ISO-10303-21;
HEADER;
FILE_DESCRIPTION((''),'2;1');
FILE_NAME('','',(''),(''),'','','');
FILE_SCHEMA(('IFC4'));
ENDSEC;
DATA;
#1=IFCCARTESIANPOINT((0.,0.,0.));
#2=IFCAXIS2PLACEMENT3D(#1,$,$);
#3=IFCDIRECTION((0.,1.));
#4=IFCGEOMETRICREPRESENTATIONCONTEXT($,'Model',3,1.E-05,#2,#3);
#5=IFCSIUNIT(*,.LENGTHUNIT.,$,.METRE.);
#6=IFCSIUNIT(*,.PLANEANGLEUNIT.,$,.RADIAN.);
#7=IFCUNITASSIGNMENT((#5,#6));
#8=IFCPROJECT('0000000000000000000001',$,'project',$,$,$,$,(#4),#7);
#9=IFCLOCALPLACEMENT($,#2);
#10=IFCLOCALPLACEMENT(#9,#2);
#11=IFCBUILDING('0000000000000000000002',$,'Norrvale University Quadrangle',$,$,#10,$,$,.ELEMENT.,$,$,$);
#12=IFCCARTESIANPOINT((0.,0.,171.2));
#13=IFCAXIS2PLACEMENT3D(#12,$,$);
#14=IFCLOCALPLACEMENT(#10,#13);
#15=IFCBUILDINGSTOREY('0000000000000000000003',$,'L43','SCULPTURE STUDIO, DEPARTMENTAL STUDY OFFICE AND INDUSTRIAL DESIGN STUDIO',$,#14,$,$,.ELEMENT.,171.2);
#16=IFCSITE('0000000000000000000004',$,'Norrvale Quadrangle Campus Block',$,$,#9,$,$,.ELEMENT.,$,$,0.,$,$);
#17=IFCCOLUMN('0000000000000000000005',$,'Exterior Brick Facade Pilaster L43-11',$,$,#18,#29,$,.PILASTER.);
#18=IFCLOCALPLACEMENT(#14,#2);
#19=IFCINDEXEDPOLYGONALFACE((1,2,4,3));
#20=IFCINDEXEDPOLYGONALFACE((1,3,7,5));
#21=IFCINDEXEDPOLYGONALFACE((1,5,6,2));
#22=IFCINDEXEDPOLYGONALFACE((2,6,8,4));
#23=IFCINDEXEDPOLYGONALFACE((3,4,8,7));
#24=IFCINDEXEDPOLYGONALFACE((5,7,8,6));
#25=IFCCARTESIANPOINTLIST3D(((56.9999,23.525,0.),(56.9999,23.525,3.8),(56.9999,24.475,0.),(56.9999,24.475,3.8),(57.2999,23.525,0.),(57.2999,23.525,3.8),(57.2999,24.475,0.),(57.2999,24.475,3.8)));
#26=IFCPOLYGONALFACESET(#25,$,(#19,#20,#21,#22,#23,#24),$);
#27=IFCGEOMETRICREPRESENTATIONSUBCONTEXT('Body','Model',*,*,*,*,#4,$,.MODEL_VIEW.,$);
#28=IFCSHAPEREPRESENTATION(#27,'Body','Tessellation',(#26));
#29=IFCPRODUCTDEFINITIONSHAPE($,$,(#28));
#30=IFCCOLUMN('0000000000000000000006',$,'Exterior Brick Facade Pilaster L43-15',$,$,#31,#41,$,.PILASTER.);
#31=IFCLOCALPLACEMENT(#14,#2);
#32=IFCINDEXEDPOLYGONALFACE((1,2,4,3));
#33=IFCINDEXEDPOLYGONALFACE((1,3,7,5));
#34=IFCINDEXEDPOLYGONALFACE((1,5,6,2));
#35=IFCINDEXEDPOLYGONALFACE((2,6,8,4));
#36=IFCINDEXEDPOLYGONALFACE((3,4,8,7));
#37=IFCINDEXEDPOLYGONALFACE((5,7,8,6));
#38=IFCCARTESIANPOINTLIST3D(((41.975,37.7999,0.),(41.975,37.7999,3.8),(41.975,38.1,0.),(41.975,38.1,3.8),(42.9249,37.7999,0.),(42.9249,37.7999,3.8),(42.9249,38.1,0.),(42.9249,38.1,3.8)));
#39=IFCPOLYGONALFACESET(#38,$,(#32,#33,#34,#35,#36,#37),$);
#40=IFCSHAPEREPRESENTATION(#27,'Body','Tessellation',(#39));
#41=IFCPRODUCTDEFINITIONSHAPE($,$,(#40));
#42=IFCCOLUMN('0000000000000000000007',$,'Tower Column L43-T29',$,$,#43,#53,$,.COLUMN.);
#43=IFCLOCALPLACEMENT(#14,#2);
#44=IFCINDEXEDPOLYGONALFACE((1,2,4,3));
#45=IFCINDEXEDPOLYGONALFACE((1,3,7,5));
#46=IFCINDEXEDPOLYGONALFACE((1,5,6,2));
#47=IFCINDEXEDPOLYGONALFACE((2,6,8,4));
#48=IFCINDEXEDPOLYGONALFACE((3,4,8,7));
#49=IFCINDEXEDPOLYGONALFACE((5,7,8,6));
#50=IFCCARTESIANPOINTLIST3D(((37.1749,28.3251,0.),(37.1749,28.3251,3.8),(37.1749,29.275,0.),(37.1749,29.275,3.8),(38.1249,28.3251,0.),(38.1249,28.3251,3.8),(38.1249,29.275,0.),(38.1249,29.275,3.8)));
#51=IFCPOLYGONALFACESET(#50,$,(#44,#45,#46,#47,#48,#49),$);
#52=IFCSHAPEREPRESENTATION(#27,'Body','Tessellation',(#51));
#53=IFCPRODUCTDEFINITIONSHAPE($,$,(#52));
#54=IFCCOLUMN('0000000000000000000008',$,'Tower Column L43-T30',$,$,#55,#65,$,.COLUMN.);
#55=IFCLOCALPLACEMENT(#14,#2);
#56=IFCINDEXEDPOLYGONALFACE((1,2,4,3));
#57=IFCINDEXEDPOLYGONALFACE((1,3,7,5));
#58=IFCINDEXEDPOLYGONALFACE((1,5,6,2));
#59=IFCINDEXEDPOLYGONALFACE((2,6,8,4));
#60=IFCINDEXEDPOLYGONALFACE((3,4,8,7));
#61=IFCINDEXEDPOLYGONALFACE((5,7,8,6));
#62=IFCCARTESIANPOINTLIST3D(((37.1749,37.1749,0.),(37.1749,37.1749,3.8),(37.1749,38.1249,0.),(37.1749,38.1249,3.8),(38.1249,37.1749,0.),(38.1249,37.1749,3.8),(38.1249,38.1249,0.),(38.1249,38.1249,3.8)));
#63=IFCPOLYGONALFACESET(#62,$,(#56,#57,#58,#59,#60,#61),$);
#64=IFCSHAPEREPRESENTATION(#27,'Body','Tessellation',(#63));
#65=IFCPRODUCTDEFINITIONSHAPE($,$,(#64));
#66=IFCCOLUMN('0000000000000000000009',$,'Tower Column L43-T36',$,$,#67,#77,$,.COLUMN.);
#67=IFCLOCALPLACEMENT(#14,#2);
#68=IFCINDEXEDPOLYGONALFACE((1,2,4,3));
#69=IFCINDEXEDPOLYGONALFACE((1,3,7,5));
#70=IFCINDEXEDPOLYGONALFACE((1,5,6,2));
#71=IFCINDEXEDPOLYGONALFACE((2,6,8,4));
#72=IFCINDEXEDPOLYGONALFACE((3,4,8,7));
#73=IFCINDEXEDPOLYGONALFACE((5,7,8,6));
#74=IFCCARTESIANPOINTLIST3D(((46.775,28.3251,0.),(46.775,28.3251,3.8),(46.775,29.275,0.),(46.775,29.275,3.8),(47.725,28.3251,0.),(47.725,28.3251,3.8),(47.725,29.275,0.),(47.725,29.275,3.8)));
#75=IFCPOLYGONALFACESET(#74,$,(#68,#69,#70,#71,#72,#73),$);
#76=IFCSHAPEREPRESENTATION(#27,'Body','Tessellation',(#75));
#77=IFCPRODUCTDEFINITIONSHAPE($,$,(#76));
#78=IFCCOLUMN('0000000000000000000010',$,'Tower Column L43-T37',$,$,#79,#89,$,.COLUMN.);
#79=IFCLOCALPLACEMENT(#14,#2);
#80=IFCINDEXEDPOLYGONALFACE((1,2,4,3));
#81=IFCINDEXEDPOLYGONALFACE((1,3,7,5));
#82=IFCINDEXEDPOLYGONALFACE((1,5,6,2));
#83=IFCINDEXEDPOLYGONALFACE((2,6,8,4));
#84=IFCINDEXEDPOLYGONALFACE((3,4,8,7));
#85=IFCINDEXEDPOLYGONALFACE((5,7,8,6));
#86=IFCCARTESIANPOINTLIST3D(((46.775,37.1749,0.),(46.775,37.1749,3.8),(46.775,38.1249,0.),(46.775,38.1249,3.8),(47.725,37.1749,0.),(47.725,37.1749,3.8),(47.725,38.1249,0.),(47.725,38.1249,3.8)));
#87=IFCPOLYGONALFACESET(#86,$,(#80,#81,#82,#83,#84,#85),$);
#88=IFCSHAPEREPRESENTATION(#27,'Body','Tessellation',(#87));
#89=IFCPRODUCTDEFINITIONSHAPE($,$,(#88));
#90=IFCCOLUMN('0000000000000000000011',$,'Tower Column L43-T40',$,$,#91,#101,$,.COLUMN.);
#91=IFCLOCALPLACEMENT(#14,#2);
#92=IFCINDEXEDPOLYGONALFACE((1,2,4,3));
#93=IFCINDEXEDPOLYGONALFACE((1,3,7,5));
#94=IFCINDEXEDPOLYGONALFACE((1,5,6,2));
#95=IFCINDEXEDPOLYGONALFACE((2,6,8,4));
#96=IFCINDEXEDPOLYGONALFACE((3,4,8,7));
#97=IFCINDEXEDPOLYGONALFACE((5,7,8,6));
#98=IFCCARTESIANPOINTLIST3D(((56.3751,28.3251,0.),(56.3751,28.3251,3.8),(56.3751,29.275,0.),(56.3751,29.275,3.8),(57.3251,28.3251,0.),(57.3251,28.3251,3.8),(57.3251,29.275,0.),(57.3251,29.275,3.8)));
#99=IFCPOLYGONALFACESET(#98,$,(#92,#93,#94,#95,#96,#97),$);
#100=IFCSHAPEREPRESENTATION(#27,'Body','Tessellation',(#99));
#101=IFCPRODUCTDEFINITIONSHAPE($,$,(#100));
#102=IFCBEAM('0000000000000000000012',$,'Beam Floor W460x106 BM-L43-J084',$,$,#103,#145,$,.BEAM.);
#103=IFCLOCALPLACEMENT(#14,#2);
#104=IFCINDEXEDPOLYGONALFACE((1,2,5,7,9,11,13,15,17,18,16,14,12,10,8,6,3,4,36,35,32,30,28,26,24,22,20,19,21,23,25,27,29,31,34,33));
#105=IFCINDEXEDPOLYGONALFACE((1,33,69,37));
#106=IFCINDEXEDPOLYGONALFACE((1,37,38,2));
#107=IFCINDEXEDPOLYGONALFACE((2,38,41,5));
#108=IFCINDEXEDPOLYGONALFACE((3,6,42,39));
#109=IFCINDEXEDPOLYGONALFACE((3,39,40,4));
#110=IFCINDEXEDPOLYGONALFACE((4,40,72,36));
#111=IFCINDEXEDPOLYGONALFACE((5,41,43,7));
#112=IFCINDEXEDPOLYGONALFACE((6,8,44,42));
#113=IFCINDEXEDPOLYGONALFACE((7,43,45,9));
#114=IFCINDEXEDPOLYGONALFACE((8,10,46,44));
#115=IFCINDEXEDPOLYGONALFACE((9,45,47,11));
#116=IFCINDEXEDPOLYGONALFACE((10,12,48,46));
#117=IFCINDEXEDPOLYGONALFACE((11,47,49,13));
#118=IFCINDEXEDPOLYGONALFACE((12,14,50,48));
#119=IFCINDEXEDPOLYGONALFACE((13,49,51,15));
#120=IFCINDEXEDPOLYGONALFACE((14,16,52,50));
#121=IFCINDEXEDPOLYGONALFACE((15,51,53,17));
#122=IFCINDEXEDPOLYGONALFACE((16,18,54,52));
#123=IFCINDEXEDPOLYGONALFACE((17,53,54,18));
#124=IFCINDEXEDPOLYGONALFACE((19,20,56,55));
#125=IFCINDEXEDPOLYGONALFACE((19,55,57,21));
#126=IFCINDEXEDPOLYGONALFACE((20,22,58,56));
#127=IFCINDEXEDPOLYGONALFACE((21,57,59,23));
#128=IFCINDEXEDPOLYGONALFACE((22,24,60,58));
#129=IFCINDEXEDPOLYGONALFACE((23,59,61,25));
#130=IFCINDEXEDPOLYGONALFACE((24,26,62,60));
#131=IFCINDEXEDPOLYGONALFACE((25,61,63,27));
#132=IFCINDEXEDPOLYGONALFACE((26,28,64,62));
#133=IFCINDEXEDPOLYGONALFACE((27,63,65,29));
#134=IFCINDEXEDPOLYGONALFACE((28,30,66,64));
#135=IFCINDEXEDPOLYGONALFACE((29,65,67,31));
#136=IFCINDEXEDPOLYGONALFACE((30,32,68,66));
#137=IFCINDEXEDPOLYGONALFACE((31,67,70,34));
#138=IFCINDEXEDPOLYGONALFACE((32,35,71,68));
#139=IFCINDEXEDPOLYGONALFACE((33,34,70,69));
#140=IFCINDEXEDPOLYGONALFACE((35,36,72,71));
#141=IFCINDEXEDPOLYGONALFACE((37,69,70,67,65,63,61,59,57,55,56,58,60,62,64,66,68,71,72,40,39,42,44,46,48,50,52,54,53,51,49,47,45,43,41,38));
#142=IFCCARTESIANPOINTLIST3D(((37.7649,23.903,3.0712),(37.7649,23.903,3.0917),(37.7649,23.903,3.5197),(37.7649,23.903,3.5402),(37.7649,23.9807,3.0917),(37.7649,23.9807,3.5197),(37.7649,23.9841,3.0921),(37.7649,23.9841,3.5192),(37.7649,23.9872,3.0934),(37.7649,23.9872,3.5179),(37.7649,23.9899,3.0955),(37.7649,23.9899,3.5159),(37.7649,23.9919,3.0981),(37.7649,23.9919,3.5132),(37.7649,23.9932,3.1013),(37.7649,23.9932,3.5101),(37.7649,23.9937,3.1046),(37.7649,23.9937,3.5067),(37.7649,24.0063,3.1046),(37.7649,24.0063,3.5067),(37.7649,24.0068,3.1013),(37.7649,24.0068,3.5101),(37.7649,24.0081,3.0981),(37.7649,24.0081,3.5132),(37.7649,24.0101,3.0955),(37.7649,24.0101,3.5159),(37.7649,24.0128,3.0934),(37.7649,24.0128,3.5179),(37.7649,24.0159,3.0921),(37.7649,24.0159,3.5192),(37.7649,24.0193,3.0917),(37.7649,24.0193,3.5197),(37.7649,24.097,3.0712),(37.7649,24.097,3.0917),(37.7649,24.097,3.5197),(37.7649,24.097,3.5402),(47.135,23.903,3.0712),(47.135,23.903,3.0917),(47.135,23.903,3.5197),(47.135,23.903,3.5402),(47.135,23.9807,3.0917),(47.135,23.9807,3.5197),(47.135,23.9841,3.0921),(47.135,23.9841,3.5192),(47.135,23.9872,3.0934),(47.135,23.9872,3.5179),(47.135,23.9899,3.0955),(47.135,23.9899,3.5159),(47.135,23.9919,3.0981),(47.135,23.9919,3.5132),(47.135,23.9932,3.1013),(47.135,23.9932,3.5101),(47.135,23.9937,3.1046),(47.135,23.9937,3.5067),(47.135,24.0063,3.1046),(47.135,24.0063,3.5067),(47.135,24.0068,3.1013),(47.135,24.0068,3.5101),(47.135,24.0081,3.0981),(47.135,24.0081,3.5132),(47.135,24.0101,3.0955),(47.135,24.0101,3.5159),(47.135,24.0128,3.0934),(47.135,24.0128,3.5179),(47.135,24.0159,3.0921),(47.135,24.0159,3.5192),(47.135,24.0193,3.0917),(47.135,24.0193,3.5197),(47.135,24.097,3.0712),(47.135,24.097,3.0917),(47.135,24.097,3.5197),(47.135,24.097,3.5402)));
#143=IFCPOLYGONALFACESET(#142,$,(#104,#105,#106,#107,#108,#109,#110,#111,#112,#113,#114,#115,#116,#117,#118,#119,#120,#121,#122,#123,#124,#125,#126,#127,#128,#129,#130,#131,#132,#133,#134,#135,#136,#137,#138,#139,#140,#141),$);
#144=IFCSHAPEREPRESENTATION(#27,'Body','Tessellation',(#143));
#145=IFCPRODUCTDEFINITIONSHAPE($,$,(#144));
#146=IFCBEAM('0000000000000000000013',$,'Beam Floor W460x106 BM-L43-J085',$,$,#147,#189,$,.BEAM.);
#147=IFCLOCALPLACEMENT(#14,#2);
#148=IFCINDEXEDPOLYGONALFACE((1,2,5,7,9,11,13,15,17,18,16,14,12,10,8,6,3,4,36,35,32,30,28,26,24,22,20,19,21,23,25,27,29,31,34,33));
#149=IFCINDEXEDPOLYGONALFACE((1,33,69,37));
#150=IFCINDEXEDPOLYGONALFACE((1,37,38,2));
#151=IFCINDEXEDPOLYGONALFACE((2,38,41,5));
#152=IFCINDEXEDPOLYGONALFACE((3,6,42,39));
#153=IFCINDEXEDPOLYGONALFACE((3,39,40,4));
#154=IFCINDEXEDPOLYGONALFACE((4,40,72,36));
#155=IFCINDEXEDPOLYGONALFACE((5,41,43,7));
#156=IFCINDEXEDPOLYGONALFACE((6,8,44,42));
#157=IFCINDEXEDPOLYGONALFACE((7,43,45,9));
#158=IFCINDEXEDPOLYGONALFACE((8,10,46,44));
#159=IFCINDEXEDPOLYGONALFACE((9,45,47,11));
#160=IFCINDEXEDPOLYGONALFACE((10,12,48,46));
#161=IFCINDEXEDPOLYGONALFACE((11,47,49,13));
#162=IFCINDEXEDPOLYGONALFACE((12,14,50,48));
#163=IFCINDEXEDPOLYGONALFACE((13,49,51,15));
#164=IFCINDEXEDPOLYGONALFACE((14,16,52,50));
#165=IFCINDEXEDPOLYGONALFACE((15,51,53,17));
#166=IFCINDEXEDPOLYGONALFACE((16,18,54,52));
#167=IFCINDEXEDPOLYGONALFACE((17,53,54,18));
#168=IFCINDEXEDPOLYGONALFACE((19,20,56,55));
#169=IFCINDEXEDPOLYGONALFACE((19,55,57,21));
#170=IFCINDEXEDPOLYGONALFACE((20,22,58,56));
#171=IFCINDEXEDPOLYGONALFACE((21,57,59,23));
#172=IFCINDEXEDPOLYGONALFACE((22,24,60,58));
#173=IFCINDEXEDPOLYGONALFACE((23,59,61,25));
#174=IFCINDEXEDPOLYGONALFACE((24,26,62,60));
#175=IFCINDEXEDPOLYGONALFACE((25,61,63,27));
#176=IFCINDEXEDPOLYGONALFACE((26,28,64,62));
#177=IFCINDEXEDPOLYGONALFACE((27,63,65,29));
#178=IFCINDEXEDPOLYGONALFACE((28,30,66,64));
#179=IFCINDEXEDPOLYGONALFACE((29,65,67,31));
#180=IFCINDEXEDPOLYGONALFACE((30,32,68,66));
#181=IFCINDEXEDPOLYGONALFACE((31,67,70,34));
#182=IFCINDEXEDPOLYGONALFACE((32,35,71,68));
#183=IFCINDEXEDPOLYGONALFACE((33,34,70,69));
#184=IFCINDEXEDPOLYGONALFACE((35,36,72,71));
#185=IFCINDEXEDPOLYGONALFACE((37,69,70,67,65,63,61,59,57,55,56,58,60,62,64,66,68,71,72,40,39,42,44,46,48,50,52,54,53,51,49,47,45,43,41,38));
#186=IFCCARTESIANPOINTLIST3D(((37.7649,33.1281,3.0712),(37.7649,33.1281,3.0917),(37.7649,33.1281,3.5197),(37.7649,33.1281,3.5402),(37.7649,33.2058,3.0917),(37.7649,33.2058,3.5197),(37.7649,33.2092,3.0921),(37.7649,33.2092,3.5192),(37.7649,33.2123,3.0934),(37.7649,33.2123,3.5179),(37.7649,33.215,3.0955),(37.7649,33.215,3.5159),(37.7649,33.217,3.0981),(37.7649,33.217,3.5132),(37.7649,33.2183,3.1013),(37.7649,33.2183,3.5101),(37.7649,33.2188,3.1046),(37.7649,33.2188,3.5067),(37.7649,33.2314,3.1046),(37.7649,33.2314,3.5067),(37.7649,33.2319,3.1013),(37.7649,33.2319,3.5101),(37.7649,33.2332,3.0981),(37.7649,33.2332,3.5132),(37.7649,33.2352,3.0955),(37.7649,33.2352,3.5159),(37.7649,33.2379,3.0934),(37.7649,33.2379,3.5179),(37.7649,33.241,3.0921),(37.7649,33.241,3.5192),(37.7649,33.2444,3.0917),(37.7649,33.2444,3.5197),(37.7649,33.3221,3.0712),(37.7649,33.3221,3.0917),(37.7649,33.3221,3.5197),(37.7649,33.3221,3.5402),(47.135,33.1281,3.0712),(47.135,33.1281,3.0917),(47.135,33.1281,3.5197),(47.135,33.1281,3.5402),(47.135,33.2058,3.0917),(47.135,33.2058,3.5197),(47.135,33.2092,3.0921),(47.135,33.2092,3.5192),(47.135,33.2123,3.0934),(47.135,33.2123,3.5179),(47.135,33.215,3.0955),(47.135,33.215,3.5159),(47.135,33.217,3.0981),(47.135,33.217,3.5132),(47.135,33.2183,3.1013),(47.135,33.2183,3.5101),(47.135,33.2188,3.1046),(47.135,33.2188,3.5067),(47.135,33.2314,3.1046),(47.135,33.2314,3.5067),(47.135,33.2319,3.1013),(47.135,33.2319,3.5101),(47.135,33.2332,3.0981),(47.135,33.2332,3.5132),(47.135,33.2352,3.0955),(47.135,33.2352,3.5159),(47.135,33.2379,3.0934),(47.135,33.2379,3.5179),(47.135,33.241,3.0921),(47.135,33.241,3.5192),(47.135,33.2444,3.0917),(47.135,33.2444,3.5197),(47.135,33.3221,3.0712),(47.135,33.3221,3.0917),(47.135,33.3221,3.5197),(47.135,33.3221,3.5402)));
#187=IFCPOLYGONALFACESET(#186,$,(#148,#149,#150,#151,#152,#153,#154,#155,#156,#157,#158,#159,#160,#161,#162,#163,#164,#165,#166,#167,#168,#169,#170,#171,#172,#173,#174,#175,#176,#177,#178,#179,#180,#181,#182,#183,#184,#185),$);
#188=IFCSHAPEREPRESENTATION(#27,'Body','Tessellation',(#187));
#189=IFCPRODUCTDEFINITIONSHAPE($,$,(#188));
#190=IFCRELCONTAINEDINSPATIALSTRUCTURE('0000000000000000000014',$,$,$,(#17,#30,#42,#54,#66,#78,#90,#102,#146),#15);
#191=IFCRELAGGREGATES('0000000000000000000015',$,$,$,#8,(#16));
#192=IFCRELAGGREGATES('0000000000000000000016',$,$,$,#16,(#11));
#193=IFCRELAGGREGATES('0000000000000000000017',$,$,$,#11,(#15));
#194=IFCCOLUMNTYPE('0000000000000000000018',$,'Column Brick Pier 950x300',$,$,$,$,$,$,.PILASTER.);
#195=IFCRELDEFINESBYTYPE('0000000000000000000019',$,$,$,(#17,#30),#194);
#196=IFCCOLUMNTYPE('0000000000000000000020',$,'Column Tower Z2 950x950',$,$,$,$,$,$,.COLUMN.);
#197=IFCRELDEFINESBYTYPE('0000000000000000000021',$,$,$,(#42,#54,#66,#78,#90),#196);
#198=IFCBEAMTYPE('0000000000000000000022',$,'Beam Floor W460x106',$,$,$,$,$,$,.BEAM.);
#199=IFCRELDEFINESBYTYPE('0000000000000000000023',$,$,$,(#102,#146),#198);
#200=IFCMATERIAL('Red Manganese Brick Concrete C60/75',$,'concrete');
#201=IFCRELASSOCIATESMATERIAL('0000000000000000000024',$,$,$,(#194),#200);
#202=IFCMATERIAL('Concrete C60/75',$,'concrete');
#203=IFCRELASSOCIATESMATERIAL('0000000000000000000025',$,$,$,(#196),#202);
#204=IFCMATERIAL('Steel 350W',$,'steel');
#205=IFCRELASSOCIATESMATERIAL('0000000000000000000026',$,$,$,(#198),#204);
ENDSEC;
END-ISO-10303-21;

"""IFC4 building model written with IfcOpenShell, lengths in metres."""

from ifc_helpers import new_model, si_unit, direction, frame, origin, origin_2d, place, context, subcontext, project, spatial, rectangle, i_section, extrude, material, material_profile, profile_set, type_object, element, save


model = new_model("IFC4")

# Units and contexts
model_context = context("Model", 3, precision=1e-05, world=origin(), true_north=direction((0.0, 1.0)))
body_context = subcontext(model_context, "Body", "Model", "MODEL_VIEW")
ifc_project = project(units=[si_unit("LENGTHUNIT", "METRE"), si_unit("PLANEANGLEUNIT", "RADIAN")], contexts=[model_context])

# Site, building, storey
site_placement = place(None, origin())
site = spatial("IfcSite", under=ifc_project, at=site_placement, Name="Norrvale Quadrangle Campus Block", CompositionType="ELEMENT", RefElevation=0.0)
building_placement = place(site_placement, origin())
building = spatial("IfcBuilding", under=site, at=building_placement, Name="Norrvale University Quadrangle", CompositionType="ELEMENT")
storey_placement = place(building_placement, frame((0.0, 0.0, 171.2)))
storey = spatial("IfcBuildingStorey", under=building, at=storey_placement, Name="L43", Description="SCULPTURE STUDIO, DEPARTMENTAL STUDY OFFICE AND INDUSTRIAL DESIGN STUDIO", CompositionType="ELEMENT", Elevation=171.2)

# Columns
ifc_material_1 = material(Name="Red Manganese Brick Concrete C60/75", Category="concrete")
ifc_material_profile_1 = material_profile(ifc_material_1, rectangle(XDim=0.95, YDim=0.3, at=origin_2d()), Name="Red Manganese Brick Concrete C60/75")
ifc_profile_set_1 = profile_set([ifc_material_profile_1], Name="Red Manganese Brick Concrete C60/75")
column_type_1 = type_object("IfcColumnType", Name="Column Brick Pier 950x300", PredefinedType="PILASTER", material=ifc_profile_set_1)
for number, where, z_axis, x_axis, name in (
    (1, (57.1499, 24.0, 0.0), (0.0, 0.0, 1.0), (0.0, 1.0, 0.0), "Exterior Brick Facade Pilaster L43-11"),
    (2, (42.45, 37.95, 0.0), (0.0, 0.0, 1.0), (1.0, 0.0, 0.0), "Exterior Brick Facade Pilaster L43-15"),
):
    element("IfcColumn", number, at=place(storey_placement, frame(where, z_axis=z_axis, x_axis=x_axis)), inside=storey, type_object=column_type_1, Name=name, PredefinedType="PILASTER", context=body_context, shape_type="SweptSolid", body=[
        extrude(rectangle(XDim=0.95, YDim=0.3, at=origin_2d()), origin(), (0.0, 0.0, 1.0), 3.8),
    ])
ifc_material_2 = material(Name="Concrete C60/75", Category="concrete")
ifc_material_profile_2 = material_profile(ifc_material_2, rectangle(XDim=0.95, YDim=0.95, at=origin_2d()), Name="Concrete C60/75")
ifc_profile_set_2 = profile_set([ifc_material_profile_2], Name="Concrete C60/75")
column_type_2 = type_object("IfcColumnType", Name="Column Tower Z2 950x950", PredefinedType="COLUMN", material=ifc_profile_set_2)
for number, where, z_axis, x_axis, name in (
    (3, (37.6499, 28.8, 0.0), (0.0, 0.0, 1.0), (1.0, 0.0, 0.0), "Tower Column L43-T29"),
    (4, (37.6499, 37.6499, 0.0), (0.0, 0.0, 1.0), (1.0, 0.0, 0.0), "Tower Column L43-T30"),
    (5, (47.25, 28.8, 0.0), (0.0, 0.0, 1.0), (1.0, 0.0, 0.0), "Tower Column L43-T36"),
    (6, (47.25, 37.6499, 0.0), (0.0, 0.0, 1.0), (1.0, 0.0, 0.0), "Tower Column L43-T37"),
    (7, (56.8501, 28.8, 0.0), (0.0, 0.0, 1.0), (1.0, 0.0, 0.0), "Tower Column L43-T40"),
):
    element("IfcColumn", number, at=place(storey_placement, frame(where, z_axis=z_axis, x_axis=x_axis)), inside=storey, type_object=column_type_2, Name=name, PredefinedType="COLUMN", context=body_context, shape_type="SweptSolid", body=[
        extrude(rectangle(XDim=0.95, YDim=0.95, at=origin_2d()), origin(), (0.0, 0.0, 1.0), 3.8),
    ])

# Beams
ifc_material_3 = material(Name="Steel 350W", Category="steel")
ifc_material_profile_3 = material_profile(ifc_material_3, i_section(OverallWidth=0.1941, OverallDepth=0.469, WebThickness=0.0127, FlangeThickness=0.0205, FilletRadius=0.0129, at=origin_2d()), Name="Steel 350W")
ifc_profile_set_3 = profile_set([ifc_material_profile_3], Name="Steel 350W")
beam_type_1 = type_object("IfcBeamType", Name="Beam Floor W460x106", PredefinedType="BEAM", material=ifc_profile_set_3)
for number, where, z_axis, x_axis, name in (
    (8, (37.7649, 24.0, 3.3057), (1.0, 0.0, 0.0), (0.0, 1.0, 0.0), "Beam Floor W460x106 BM-L43-J084"),
    (9, (37.7649, 33.2251, 3.3057), (1.0, 0.0, 0.0), (0.0, 1.0, 0.0), "Beam Floor W460x106 BM-L43-J085"),
):
    element("IfcBeam", number, at=place(storey_placement, frame(where, z_axis=z_axis, x_axis=x_axis)), inside=storey, type_object=beam_type_1, Name=name, PredefinedType="BEAM", context=body_context, shape_type="SweptSolid", body=[
        extrude(i_section(OverallWidth=0.1941, OverallDepth=0.469, WebThickness=0.0127, FlangeThickness=0.0205, FilletRadius=0.0129, at=origin_2d()), origin(), (0.0, 0.0, 1.0), 9.3701),
    ])

save(model, "model.ifc")
